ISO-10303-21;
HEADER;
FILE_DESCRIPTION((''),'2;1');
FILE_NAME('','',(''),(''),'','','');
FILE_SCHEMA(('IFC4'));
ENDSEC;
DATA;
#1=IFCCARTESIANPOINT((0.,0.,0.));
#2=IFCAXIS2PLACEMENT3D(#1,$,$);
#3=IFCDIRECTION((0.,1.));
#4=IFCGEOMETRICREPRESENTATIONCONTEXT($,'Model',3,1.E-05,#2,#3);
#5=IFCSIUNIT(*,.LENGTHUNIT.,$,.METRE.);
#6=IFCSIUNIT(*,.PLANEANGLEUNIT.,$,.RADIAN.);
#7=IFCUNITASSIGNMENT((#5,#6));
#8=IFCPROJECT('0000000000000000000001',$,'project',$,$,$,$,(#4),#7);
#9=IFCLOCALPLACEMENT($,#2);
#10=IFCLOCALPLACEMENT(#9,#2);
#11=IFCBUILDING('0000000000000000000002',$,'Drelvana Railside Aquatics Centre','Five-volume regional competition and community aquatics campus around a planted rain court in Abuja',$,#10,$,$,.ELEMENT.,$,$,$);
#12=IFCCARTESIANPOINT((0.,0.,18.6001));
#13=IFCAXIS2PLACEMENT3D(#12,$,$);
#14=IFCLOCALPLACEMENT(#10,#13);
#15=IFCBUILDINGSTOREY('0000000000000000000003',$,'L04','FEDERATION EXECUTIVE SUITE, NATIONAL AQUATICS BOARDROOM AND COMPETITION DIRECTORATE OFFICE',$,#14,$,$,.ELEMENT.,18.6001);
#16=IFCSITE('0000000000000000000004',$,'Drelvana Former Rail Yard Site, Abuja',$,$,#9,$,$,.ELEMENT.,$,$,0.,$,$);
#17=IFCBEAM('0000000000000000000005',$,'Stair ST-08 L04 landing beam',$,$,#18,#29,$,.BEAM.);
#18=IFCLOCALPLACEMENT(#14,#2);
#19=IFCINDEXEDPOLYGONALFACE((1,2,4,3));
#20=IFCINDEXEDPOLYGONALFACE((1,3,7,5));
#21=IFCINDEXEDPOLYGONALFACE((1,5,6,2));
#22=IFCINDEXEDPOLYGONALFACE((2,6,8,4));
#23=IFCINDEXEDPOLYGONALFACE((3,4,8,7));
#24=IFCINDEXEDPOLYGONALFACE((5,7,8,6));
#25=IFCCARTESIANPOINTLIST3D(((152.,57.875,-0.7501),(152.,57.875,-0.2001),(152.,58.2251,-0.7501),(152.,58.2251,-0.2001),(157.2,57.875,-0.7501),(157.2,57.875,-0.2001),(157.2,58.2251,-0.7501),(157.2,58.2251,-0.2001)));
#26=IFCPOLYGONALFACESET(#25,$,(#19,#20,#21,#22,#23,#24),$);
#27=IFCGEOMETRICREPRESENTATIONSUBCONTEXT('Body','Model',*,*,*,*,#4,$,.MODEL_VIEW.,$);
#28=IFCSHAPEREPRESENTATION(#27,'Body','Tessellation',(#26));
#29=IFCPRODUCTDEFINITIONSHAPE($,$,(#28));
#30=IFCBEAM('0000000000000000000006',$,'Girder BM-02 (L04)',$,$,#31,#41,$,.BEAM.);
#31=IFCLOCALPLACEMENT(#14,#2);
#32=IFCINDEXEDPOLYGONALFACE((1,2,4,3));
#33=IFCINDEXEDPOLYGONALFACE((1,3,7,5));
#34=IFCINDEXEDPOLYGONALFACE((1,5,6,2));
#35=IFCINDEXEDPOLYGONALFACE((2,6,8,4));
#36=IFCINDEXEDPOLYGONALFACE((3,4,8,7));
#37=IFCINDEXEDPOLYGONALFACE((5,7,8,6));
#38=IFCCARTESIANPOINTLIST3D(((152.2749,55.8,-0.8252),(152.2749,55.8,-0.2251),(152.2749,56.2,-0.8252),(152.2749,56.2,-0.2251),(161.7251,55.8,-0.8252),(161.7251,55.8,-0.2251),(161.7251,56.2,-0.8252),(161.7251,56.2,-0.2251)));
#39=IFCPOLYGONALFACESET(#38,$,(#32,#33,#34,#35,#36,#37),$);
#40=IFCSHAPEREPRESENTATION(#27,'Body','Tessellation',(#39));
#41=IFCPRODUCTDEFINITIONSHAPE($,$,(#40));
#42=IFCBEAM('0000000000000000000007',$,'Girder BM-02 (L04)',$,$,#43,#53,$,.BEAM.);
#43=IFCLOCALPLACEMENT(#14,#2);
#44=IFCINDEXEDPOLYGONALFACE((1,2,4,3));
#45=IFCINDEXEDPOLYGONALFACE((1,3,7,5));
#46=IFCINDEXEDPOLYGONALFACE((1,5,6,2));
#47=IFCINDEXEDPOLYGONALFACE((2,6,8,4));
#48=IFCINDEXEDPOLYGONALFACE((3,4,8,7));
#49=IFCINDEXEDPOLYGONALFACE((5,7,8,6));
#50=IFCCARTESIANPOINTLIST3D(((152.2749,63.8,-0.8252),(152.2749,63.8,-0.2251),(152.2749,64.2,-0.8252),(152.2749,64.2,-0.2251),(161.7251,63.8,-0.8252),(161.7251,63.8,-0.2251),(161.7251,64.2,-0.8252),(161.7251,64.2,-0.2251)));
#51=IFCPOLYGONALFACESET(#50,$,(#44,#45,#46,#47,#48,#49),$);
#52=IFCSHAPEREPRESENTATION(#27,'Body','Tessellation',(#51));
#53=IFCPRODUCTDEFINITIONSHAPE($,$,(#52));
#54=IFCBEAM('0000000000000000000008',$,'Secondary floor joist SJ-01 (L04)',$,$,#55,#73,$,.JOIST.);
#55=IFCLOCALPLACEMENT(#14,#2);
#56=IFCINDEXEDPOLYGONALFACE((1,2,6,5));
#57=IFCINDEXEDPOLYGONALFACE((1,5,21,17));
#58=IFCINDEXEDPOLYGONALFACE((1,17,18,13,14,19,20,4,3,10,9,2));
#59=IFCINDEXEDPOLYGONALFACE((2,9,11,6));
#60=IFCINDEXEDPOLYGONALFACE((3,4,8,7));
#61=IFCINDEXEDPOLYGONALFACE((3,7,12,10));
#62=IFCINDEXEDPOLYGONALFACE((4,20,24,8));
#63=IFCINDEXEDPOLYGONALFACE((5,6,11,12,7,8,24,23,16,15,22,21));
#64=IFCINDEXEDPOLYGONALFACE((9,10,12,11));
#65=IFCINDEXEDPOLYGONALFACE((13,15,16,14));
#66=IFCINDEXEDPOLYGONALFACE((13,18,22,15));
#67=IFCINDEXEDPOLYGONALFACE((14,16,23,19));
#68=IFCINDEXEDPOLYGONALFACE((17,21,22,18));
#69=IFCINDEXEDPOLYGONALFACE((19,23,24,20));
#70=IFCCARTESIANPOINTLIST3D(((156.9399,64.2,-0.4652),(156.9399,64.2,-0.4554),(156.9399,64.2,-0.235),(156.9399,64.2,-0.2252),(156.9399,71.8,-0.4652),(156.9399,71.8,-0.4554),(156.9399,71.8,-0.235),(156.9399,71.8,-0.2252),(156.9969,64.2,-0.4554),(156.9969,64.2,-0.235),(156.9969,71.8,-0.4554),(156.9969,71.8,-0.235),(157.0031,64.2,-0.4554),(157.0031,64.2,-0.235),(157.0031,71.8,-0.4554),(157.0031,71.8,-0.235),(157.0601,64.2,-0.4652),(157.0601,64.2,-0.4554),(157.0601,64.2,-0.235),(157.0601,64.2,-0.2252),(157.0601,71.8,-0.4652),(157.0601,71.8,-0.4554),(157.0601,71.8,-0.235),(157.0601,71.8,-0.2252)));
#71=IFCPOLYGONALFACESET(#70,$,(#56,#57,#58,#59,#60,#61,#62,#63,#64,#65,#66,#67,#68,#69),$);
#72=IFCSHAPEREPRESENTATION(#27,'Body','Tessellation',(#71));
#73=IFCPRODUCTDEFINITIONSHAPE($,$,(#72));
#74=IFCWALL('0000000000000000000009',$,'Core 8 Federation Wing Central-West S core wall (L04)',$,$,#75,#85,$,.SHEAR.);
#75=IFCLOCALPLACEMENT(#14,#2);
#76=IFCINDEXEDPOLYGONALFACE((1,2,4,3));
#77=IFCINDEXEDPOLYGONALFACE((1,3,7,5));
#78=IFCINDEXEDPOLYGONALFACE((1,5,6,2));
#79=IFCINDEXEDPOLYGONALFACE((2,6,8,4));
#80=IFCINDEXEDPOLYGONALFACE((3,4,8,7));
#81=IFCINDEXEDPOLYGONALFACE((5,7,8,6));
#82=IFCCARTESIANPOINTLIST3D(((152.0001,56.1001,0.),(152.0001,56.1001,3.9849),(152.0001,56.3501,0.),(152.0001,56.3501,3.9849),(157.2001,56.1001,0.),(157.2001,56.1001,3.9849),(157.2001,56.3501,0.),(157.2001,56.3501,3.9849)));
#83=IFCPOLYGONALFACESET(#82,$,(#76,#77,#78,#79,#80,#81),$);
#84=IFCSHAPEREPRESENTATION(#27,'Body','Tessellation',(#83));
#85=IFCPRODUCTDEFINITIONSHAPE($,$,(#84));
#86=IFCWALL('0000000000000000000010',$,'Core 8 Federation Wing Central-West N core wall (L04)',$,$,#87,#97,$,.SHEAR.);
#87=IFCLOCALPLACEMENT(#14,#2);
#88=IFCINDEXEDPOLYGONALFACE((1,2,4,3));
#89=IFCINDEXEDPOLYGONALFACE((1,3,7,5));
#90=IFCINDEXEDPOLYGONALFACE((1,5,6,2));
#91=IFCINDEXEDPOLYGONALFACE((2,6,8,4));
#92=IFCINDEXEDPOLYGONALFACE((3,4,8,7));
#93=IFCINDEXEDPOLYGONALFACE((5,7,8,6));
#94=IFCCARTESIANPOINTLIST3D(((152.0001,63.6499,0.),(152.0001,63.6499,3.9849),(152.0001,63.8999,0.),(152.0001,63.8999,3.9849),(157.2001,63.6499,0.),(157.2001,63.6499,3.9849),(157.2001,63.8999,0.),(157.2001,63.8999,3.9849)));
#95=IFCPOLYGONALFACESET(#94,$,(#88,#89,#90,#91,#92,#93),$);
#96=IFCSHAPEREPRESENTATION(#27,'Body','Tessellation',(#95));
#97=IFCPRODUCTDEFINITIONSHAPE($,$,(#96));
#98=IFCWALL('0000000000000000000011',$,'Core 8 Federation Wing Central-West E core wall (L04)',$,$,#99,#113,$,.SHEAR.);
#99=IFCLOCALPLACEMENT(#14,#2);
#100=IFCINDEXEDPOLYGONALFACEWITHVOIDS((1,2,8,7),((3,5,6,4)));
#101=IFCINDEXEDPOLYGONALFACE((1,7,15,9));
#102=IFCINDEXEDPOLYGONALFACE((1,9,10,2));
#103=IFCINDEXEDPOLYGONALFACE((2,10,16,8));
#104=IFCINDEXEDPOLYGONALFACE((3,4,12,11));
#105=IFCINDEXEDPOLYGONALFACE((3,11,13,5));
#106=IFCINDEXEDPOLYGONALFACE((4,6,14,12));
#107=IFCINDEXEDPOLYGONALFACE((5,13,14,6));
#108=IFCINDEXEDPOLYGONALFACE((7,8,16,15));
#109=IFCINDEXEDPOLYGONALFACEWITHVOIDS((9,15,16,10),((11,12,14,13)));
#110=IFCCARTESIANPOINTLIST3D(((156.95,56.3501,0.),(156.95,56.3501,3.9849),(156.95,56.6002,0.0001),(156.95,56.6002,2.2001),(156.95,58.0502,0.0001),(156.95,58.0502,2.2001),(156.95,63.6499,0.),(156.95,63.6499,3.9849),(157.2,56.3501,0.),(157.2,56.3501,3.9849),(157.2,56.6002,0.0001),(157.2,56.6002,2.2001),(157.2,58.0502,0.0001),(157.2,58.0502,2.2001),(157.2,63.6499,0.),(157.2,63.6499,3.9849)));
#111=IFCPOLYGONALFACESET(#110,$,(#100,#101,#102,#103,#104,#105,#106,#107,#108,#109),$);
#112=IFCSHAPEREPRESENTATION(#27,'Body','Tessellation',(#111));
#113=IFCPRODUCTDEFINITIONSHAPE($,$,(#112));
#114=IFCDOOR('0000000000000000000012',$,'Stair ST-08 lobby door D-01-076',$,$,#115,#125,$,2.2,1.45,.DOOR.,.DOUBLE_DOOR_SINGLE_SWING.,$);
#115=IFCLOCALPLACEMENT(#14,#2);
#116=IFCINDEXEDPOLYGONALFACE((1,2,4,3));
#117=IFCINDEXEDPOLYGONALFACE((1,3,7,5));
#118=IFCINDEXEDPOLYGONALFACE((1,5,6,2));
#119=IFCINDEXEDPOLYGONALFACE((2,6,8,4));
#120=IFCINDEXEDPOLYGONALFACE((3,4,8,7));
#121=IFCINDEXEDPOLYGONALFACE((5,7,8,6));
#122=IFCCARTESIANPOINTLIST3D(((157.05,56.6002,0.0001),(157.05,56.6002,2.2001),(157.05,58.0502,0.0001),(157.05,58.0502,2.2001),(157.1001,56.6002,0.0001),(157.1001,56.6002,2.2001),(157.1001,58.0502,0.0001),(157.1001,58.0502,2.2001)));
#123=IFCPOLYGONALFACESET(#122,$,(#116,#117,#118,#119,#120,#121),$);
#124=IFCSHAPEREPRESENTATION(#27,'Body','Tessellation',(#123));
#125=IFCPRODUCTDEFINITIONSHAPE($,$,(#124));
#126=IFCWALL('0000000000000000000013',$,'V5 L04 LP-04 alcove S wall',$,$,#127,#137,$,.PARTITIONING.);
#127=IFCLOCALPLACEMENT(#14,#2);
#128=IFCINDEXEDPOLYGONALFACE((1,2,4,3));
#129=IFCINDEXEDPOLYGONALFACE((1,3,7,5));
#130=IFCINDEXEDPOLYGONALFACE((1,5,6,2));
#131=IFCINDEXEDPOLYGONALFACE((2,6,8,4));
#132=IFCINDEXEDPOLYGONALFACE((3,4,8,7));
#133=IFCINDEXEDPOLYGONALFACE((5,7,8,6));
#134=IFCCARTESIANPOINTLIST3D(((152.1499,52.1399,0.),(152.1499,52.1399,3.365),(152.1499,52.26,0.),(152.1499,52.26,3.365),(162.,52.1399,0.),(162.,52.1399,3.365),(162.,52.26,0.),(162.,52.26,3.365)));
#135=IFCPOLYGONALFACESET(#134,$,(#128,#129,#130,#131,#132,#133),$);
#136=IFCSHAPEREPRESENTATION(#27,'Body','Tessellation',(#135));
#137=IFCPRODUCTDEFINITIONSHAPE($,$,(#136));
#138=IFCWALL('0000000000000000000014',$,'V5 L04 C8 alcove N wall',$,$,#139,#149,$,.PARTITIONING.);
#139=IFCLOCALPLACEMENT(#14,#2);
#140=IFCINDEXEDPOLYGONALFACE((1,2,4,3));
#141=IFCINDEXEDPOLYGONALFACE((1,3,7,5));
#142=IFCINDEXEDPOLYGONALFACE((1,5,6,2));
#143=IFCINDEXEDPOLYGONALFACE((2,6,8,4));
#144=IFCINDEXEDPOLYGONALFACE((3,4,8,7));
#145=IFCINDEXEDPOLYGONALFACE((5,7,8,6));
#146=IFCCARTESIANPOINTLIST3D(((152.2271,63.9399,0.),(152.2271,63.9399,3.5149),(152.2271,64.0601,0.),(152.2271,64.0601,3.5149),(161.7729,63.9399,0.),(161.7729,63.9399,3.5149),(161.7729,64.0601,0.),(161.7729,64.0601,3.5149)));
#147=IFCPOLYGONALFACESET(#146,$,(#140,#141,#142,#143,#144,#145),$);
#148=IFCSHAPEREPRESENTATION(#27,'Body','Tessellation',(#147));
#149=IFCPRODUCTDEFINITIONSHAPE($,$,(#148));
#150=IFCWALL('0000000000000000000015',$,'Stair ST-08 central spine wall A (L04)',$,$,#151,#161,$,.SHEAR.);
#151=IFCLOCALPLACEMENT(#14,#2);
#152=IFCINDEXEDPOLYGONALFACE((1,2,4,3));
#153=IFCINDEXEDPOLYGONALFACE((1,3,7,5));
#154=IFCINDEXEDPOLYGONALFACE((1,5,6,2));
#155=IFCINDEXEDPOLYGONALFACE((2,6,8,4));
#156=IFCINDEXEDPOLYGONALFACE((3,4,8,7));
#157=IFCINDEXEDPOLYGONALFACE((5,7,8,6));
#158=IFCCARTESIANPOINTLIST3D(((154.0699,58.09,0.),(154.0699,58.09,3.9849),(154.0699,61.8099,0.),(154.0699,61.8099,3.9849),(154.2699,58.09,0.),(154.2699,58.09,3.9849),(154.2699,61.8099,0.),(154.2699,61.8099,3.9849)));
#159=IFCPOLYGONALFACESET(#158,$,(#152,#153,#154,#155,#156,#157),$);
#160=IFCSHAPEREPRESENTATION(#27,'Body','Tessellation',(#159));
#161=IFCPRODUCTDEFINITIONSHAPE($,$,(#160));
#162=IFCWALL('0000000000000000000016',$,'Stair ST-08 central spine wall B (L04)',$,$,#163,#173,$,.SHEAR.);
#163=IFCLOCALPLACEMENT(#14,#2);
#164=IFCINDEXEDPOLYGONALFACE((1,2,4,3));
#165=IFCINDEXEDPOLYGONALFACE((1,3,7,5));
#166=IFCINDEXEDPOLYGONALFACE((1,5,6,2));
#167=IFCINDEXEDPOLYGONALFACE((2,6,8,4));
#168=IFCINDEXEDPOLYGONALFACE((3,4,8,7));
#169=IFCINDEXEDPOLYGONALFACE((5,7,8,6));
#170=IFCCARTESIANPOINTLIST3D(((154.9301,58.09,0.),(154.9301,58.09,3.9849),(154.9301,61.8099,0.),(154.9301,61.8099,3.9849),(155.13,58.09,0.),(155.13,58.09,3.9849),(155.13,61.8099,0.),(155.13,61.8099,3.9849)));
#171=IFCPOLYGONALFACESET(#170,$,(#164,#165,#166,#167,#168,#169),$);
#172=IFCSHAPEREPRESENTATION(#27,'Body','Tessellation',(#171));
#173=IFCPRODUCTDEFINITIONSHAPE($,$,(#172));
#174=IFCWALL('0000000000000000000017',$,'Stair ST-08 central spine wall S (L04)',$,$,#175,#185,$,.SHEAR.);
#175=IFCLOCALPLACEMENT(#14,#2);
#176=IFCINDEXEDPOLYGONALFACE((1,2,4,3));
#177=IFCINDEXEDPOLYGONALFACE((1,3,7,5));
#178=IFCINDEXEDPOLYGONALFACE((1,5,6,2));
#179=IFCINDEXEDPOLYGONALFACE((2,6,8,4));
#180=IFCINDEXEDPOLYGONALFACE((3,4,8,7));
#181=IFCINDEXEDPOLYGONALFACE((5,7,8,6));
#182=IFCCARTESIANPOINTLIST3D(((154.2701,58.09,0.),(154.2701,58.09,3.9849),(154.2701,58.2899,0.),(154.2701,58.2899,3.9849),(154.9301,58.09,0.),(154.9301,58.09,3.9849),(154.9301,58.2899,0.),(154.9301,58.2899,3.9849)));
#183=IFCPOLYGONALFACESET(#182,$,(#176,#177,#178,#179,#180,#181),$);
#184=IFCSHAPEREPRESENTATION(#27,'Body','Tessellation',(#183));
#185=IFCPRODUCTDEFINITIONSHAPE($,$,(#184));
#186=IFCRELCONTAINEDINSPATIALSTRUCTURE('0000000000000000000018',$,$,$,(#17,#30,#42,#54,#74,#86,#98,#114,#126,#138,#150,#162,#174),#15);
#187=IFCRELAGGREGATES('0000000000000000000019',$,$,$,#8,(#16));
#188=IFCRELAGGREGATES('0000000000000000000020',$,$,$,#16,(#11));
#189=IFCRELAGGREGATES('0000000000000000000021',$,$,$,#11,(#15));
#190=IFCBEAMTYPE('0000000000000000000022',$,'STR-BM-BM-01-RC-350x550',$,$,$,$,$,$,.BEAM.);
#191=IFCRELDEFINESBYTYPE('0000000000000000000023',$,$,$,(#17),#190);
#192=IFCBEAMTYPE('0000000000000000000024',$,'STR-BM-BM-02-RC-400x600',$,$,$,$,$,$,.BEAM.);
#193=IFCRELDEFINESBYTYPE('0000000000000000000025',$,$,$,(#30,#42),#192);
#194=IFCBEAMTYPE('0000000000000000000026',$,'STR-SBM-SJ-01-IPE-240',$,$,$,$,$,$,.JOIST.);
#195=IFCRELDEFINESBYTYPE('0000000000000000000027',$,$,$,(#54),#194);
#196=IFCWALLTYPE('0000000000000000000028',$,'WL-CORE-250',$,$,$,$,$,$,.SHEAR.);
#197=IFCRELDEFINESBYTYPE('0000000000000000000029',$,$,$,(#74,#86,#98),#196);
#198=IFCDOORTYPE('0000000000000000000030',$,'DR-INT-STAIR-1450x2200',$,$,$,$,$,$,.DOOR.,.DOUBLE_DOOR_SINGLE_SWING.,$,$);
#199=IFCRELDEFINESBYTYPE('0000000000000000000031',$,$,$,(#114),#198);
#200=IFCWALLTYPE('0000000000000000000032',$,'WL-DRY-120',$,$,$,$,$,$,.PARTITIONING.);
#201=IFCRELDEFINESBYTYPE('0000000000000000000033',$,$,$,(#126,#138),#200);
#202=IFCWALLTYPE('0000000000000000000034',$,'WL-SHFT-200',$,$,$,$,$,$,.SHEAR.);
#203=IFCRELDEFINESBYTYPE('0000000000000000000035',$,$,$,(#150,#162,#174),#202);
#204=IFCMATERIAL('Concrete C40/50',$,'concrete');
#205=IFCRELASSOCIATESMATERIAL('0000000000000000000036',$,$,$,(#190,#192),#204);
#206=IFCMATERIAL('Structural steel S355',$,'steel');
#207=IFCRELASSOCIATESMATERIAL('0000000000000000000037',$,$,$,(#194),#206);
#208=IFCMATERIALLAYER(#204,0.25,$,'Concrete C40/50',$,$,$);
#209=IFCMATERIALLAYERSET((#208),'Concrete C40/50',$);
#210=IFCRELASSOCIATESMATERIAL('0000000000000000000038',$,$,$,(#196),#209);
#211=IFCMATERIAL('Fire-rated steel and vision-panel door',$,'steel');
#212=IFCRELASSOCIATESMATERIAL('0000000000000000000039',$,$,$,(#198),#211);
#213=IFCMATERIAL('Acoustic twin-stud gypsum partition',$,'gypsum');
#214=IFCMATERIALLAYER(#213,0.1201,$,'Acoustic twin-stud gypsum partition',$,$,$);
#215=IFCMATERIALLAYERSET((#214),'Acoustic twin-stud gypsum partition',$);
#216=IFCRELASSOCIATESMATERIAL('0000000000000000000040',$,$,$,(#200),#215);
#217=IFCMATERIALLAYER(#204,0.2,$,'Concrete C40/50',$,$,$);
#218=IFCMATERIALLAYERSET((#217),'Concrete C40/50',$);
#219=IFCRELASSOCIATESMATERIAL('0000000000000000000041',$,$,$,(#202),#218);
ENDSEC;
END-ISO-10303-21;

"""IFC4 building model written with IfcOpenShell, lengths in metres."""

from ifc_helpers import new_model, si_unit, direction, frame, frame_2d, origin, origin_2d, place, context, subcontext, project, spatial, rectangle, i_section, extrude, material, layer, layer_set, material_profile, profile_set, type_object, element, fill, save


model = new_model("IFC4")

# Units and contexts
model_context = context("Model", 3, precision=1e-05, world=origin(), true_north=direction((0.0, 1.0)))
body_context = subcontext(model_context, "Body", "Model", "MODEL_VIEW")
ifc_project = project(units=[si_unit("LENGTHUNIT", "METRE"), si_unit("PLANEANGLEUNIT", "RADIAN")], contexts=[model_context])

# Site, building, storey
site_placement = place(None, origin())
site = spatial("IfcSite", under=ifc_project, at=site_placement, Name="Drelvana Former Rail Yard Site, Abuja", CompositionType="ELEMENT", RefElevation=0.0)
building_placement = place(site_placement, origin())
building = spatial("IfcBuilding", under=site, at=building_placement, Name="Drelvana Railside Aquatics Centre", Description="Five-volume regional competition and community aquatics campus around a planted rain court in Abuja", CompositionType="ELEMENT")
storey_placement = place(building_placement, frame((0.0, 0.0, 18.6001)))
storey = spatial("IfcBuildingStorey", under=building, at=storey_placement, Name="L04", Description="FEDERATION EXECUTIVE SUITE, NATIONAL AQUATICS BOARDROOM AND COMPETITION DIRECTORATE OFFICE", CompositionType="ELEMENT", Elevation=18.6001)

# Beams
ifc_material_1 = material(Name="Concrete C40/50", Category="concrete")
ifc_material_profile_1 = material_profile(ifc_material_1, rectangle(XDim=0.3501, YDim=0.55, at=origin_2d()), Name="RC 350x550")
ifc_profile_set_1 = profile_set([ifc_material_profile_1], Name="Concrete C40/50")
beam_type_1 = type_object("IfcBeamType", Name="STR-BM-BM-01-RC-350x550", PredefinedType="BEAM", material=ifc_profile_set_1)
beam_1_placement = place(storey_placement, frame((152.0, 58.05, -0.4751), z_axis=(1.0, 0.0, 0.0), x_axis=(0.0, 1.0, 0.0)))
element("IfcBeam", 1, at=beam_1_placement, inside=storey, type_object=beam_type_1, Name="Stair ST-08 L04 landing beam", PredefinedType="BEAM", context=body_context, shape_type="SweptSolid", body=[
    extrude(rectangle(XDim=0.3501, YDim=0.55, at=origin_2d()), origin(), (0.0, 0.0, 1.0), 5.2),
])
ifc_material_profile_2 = material_profile(ifc_material_1, rectangle(XDim=0.3999, YDim=0.6001, at=origin_2d()), Name="RC 400x600")
ifc_profile_set_2 = profile_set([ifc_material_profile_2], Name="Concrete C40/50")
beam_type_2 = type_object("IfcBeamType", Name="STR-BM-BM-02-RC-400x600", PredefinedType="BEAM", material=ifc_profile_set_2)
for number, where, z_axis, x_axis, name in (
    (2, (152.2749, 56.0, -0.5251), (1.0, 0.0, 0.0), (0.0, 1.0, 0.0), "Girder BM-02 (L04)"),
    (3, (152.2749, 64.0, -0.5251), (1.0, 0.0, 0.0), (0.0, 1.0, 0.0), "Girder BM-02 (L04)"),
):
    element("IfcBeam", number, at=place(storey_placement, frame(where, z_axis=z_axis, x_axis=x_axis)), inside=storey, type_object=beam_type_2, Name=name, PredefinedType="BEAM", context=body_context, shape_type="SweptSolid", body=[
        extrude(rectangle(XDim=0.3999, YDim=0.6001, at=origin_2d()), origin(), (0.0, 0.0, 1.0), 9.4502),
    ])
ifc_material_2 = material(Name="Structural steel S355", Category="steel")
ifc_material_profile_3 = material_profile(ifc_material_2, i_section(OverallWidth=0.1201, OverallDepth=0.24, WebThickness=0.0061, FlangeThickness=0.0098, at=origin_2d()), Name="IPE 240")
ifc_profile_set_3 = profile_set([ifc_material_profile_3], Name="Structural steel S355")
beam_type_3 = type_object("IfcBeamType", Name="STR-SBM-SJ-01-IPE-240", PredefinedType="JOIST", material=ifc_profile_set_3)
beam_2_placement = place(storey_placement, frame((157.0, 64.2, -0.3452), z_axis=(0.0, 1.0, 0.0), x_axis=(-1.0, 0.0, 0.0)))
element("IfcBeam", 4, at=beam_2_placement, inside=storey, type_object=beam_type_3, Name="Secondary floor joist SJ-01 (L04)", PredefinedType="JOIST", context=body_context, shape_type="SweptSolid", body=[
    extrude(i_section(OverallWidth=0.1201, OverallDepth=0.24, WebThickness=0.0061, FlangeThickness=0.0098, at=origin_2d()), origin(), (0.0, 0.0, 1.0), 7.6001),
])

# Walls
ifc_layer_1 = layer(ifc_material_1, 0.25, Name="Concrete C40/50")
ifc_layer_set_1 = layer_set([ifc_layer_1], Name="Concrete C40/50")
wall_type_1 = type_object("IfcWallType", Name="WL-CORE-250", PredefinedType="SHEAR", material=ifc_layer_set_1)
for number, where, z_axis, x_axis, name in (
    (5, (152.0, 56.2251, 0.0), (0.0, 0.0, 1.0), (1.0, 0.0, 0.0), "Core 8 Federation Wing Central-West S core wall (L04)"),
    (6, (152.0, 63.7749, 0.0), (0.0, 0.0, 1.0), (1.0, 0.0, 0.0), "Core 8 Federation Wing Central-West N core wall (L04)"),
):
    element("IfcWall", number, at=place(storey_placement, frame(where, z_axis=z_axis, x_axis=x_axis)), inside=storey, type_object=wall_type_1, Name=name, PredefinedType="SHEAR", context=body_context, shape_type="SweptSolid", body=[
        extrude(rectangle(XDim=5.2, YDim=0.25, at=frame_2d((2.6001, 0.0))), origin(), (0.0, 0.0, 1.0), 3.9849),
    ])

# Wall, opening, door
wall_1_placement = place(storey_placement, frame((157.075, 56.3501, 0.0), z_axis=(0.0, 0.0, 1.0), x_axis=(0.0, 1.0, 0.0)))
wall_1 = element("IfcWall", 7, at=wall_1_placement, inside=storey, type_object=wall_type_1, Name="Core 8 Federation Wing Central-West E core wall (L04)", PredefinedType="SHEAR", context=body_context, shape_type="SweptSolid", body=[
    extrude(rectangle(XDim=7.2998, YDim=0.25, at=frame_2d((3.6499, 0.0))), origin(), (0.0, 0.0, 1.0), 3.9849),
])
opening_1_placement = place(wall_1_placement, frame((0.25, 0.0, 0.0)))
opening_1 = element("IfcOpeningElement", 8, at=opening_1_placement, cuts=wall_1, PredefinedType="OPENING", context=body_context, shape_type="SweptSolid", body=[
    extrude(rectangle(XDim=1.45, YDim=2.2, at=frame_2d((0.7251, 1.1001))), frame((0.0, 0.135, 0.0), z_axis=(0.0, -1.0, 0.0), x_axis=(1.0, 0.0, 0.0)), (0.0, 0.0, 1.0), 0.27),
])
ifc_material_3 = material(Name="Fire-rated steel and vision-panel door", Category="steel")
door_type_1 = type_object("IfcDoorType", Name="DR-INT-STAIR-1450x2200", OperationType="DOUBLE_DOOR_SINGLE_SWING", PredefinedType="DOOR", material=ifc_material_3)
door_1_placement = place(opening_1_placement, origin())
door_1 = element("IfcDoor", 9, at=door_1_placement, inside=storey, type_object=door_type_1, Name="Stair ST-08 lobby door D-01-076", OperationType="DOUBLE_DOOR_SINGLE_SWING", OverallHeight=2.2, OverallWidth=1.45, PredefinedType="DOOR", context=body_context, shape_type="SweptSolid", body=[
    extrude(rectangle(XDim=1.45, YDim=2.2, at=frame_2d((0.7251, 1.1001))), frame((0.0, 0.0249, 0.0), z_axis=(0.0, -1.0, 0.0), x_axis=(1.0, 0.0, 0.0)), (0.0, 0.0, 1.0), 0.05),
])
fill(opening_1, door_1)

# Walls
ifc_material_4 = material(Name="Acoustic twin-stud gypsum partition", Category="gypsum")
ifc_layer_2 = layer(ifc_material_4, 0.1201, Name="Acoustic twin-stud gypsum partition")
ifc_layer_set_2 = layer_set([ifc_layer_2], Name="Acoustic twin-stud gypsum partition")
wall_type_2 = type_object("IfcWallType", Name="WL-DRY-120", PredefinedType="PARTITIONING", material=ifc_layer_set_2)
wall_2_placement = place(storey_placement, frame((152.1499, 52.2, 0.0), z_axis=(0.0, 0.0, 1.0), x_axis=(1.0, 0.0, 0.0)))
element("IfcWall", 10, at=wall_2_placement, inside=storey, type_object=wall_type_2, Name="V5 L04 LP-04 alcove S wall", PredefinedType="PARTITIONING", context=body_context, shape_type="SweptSolid", body=[
    extrude(rectangle(XDim=9.8501, YDim=0.1201, at=frame_2d((4.925, 0.0))), origin(), (0.0, 0.0, 1.0), 3.365),
])
wall_3_placement = place(storey_placement, frame((152.2271, 64.0, 0.0), z_axis=(0.0, 0.0, 1.0), x_axis=(1.0, 0.0, 0.0)))
element("IfcWall", 11, at=wall_3_placement, inside=storey, type_object=wall_type_2, Name="V5 L04 C8 alcove N wall", PredefinedType="PARTITIONING", context=body_context, shape_type="SweptSolid", body=[
    extrude(rectangle(XDim=9.5459, YDim=0.1201, at=frame_2d((4.7729, 0.0))), origin(), (0.0, 0.0, 1.0), 3.5149),
])
ifc_layer_3 = layer(ifc_material_1, 0.2, Name="Concrete C40/50")
ifc_layer_set_3 = layer_set([ifc_layer_3], Name="Concrete C40/50")
wall_type_3 = type_object("IfcWallType", Name="WL-SHFT-200", PredefinedType="SHEAR", material=ifc_layer_set_3)
for number, where, z_axis, x_axis, name in (
    (12, (154.1699, 58.0901, 0.0), (0.0, 0.0, 1.0), (0.0, 1.0, 0.0), "Stair ST-08 central spine wall A (L04)"),
    (13, (155.03, 58.0901, 0.0), (0.0, 0.0, 1.0), (0.0, 1.0, 0.0), "Stair ST-08 central spine wall B (L04)"),
):
    element("IfcWall", number, at=place(storey_placement, frame(where, z_axis=z_axis, x_axis=x_axis)), inside=storey, type_object=wall_type_3, Name=name, PredefinedType="SHEAR", context=body_context, shape_type="SweptSolid", body=[
        extrude(rectangle(XDim=3.72, YDim=0.2, at=frame_2d((1.8599, 0.0))), origin(), (0.0, 0.0, 1.0), 3.9849),
    ])
for number, where, z_axis, x_axis, name in (
    (14, (154.27, 58.1899, 0.0), (0.0, 0.0, 1.0), (1.0, 0.0, 0.0), "Stair ST-08 central spine wall S (L04)"),
):
    element("IfcWall", number, at=place(storey_placement, frame(where, z_axis=z_axis, x_axis=x_axis)), inside=storey, type_object=wall_type_3, Name=name, PredefinedType="SHEAR", context=body_context, shape_type="SweptSolid", body=[
        extrude(rectangle(XDim=0.6599, YDim=0.2, at=frame_2d((0.3301, 0.0))), origin(), (0.0, 0.0, 1.0), 3.9849),
    ])

save(model, "model.ifc")
